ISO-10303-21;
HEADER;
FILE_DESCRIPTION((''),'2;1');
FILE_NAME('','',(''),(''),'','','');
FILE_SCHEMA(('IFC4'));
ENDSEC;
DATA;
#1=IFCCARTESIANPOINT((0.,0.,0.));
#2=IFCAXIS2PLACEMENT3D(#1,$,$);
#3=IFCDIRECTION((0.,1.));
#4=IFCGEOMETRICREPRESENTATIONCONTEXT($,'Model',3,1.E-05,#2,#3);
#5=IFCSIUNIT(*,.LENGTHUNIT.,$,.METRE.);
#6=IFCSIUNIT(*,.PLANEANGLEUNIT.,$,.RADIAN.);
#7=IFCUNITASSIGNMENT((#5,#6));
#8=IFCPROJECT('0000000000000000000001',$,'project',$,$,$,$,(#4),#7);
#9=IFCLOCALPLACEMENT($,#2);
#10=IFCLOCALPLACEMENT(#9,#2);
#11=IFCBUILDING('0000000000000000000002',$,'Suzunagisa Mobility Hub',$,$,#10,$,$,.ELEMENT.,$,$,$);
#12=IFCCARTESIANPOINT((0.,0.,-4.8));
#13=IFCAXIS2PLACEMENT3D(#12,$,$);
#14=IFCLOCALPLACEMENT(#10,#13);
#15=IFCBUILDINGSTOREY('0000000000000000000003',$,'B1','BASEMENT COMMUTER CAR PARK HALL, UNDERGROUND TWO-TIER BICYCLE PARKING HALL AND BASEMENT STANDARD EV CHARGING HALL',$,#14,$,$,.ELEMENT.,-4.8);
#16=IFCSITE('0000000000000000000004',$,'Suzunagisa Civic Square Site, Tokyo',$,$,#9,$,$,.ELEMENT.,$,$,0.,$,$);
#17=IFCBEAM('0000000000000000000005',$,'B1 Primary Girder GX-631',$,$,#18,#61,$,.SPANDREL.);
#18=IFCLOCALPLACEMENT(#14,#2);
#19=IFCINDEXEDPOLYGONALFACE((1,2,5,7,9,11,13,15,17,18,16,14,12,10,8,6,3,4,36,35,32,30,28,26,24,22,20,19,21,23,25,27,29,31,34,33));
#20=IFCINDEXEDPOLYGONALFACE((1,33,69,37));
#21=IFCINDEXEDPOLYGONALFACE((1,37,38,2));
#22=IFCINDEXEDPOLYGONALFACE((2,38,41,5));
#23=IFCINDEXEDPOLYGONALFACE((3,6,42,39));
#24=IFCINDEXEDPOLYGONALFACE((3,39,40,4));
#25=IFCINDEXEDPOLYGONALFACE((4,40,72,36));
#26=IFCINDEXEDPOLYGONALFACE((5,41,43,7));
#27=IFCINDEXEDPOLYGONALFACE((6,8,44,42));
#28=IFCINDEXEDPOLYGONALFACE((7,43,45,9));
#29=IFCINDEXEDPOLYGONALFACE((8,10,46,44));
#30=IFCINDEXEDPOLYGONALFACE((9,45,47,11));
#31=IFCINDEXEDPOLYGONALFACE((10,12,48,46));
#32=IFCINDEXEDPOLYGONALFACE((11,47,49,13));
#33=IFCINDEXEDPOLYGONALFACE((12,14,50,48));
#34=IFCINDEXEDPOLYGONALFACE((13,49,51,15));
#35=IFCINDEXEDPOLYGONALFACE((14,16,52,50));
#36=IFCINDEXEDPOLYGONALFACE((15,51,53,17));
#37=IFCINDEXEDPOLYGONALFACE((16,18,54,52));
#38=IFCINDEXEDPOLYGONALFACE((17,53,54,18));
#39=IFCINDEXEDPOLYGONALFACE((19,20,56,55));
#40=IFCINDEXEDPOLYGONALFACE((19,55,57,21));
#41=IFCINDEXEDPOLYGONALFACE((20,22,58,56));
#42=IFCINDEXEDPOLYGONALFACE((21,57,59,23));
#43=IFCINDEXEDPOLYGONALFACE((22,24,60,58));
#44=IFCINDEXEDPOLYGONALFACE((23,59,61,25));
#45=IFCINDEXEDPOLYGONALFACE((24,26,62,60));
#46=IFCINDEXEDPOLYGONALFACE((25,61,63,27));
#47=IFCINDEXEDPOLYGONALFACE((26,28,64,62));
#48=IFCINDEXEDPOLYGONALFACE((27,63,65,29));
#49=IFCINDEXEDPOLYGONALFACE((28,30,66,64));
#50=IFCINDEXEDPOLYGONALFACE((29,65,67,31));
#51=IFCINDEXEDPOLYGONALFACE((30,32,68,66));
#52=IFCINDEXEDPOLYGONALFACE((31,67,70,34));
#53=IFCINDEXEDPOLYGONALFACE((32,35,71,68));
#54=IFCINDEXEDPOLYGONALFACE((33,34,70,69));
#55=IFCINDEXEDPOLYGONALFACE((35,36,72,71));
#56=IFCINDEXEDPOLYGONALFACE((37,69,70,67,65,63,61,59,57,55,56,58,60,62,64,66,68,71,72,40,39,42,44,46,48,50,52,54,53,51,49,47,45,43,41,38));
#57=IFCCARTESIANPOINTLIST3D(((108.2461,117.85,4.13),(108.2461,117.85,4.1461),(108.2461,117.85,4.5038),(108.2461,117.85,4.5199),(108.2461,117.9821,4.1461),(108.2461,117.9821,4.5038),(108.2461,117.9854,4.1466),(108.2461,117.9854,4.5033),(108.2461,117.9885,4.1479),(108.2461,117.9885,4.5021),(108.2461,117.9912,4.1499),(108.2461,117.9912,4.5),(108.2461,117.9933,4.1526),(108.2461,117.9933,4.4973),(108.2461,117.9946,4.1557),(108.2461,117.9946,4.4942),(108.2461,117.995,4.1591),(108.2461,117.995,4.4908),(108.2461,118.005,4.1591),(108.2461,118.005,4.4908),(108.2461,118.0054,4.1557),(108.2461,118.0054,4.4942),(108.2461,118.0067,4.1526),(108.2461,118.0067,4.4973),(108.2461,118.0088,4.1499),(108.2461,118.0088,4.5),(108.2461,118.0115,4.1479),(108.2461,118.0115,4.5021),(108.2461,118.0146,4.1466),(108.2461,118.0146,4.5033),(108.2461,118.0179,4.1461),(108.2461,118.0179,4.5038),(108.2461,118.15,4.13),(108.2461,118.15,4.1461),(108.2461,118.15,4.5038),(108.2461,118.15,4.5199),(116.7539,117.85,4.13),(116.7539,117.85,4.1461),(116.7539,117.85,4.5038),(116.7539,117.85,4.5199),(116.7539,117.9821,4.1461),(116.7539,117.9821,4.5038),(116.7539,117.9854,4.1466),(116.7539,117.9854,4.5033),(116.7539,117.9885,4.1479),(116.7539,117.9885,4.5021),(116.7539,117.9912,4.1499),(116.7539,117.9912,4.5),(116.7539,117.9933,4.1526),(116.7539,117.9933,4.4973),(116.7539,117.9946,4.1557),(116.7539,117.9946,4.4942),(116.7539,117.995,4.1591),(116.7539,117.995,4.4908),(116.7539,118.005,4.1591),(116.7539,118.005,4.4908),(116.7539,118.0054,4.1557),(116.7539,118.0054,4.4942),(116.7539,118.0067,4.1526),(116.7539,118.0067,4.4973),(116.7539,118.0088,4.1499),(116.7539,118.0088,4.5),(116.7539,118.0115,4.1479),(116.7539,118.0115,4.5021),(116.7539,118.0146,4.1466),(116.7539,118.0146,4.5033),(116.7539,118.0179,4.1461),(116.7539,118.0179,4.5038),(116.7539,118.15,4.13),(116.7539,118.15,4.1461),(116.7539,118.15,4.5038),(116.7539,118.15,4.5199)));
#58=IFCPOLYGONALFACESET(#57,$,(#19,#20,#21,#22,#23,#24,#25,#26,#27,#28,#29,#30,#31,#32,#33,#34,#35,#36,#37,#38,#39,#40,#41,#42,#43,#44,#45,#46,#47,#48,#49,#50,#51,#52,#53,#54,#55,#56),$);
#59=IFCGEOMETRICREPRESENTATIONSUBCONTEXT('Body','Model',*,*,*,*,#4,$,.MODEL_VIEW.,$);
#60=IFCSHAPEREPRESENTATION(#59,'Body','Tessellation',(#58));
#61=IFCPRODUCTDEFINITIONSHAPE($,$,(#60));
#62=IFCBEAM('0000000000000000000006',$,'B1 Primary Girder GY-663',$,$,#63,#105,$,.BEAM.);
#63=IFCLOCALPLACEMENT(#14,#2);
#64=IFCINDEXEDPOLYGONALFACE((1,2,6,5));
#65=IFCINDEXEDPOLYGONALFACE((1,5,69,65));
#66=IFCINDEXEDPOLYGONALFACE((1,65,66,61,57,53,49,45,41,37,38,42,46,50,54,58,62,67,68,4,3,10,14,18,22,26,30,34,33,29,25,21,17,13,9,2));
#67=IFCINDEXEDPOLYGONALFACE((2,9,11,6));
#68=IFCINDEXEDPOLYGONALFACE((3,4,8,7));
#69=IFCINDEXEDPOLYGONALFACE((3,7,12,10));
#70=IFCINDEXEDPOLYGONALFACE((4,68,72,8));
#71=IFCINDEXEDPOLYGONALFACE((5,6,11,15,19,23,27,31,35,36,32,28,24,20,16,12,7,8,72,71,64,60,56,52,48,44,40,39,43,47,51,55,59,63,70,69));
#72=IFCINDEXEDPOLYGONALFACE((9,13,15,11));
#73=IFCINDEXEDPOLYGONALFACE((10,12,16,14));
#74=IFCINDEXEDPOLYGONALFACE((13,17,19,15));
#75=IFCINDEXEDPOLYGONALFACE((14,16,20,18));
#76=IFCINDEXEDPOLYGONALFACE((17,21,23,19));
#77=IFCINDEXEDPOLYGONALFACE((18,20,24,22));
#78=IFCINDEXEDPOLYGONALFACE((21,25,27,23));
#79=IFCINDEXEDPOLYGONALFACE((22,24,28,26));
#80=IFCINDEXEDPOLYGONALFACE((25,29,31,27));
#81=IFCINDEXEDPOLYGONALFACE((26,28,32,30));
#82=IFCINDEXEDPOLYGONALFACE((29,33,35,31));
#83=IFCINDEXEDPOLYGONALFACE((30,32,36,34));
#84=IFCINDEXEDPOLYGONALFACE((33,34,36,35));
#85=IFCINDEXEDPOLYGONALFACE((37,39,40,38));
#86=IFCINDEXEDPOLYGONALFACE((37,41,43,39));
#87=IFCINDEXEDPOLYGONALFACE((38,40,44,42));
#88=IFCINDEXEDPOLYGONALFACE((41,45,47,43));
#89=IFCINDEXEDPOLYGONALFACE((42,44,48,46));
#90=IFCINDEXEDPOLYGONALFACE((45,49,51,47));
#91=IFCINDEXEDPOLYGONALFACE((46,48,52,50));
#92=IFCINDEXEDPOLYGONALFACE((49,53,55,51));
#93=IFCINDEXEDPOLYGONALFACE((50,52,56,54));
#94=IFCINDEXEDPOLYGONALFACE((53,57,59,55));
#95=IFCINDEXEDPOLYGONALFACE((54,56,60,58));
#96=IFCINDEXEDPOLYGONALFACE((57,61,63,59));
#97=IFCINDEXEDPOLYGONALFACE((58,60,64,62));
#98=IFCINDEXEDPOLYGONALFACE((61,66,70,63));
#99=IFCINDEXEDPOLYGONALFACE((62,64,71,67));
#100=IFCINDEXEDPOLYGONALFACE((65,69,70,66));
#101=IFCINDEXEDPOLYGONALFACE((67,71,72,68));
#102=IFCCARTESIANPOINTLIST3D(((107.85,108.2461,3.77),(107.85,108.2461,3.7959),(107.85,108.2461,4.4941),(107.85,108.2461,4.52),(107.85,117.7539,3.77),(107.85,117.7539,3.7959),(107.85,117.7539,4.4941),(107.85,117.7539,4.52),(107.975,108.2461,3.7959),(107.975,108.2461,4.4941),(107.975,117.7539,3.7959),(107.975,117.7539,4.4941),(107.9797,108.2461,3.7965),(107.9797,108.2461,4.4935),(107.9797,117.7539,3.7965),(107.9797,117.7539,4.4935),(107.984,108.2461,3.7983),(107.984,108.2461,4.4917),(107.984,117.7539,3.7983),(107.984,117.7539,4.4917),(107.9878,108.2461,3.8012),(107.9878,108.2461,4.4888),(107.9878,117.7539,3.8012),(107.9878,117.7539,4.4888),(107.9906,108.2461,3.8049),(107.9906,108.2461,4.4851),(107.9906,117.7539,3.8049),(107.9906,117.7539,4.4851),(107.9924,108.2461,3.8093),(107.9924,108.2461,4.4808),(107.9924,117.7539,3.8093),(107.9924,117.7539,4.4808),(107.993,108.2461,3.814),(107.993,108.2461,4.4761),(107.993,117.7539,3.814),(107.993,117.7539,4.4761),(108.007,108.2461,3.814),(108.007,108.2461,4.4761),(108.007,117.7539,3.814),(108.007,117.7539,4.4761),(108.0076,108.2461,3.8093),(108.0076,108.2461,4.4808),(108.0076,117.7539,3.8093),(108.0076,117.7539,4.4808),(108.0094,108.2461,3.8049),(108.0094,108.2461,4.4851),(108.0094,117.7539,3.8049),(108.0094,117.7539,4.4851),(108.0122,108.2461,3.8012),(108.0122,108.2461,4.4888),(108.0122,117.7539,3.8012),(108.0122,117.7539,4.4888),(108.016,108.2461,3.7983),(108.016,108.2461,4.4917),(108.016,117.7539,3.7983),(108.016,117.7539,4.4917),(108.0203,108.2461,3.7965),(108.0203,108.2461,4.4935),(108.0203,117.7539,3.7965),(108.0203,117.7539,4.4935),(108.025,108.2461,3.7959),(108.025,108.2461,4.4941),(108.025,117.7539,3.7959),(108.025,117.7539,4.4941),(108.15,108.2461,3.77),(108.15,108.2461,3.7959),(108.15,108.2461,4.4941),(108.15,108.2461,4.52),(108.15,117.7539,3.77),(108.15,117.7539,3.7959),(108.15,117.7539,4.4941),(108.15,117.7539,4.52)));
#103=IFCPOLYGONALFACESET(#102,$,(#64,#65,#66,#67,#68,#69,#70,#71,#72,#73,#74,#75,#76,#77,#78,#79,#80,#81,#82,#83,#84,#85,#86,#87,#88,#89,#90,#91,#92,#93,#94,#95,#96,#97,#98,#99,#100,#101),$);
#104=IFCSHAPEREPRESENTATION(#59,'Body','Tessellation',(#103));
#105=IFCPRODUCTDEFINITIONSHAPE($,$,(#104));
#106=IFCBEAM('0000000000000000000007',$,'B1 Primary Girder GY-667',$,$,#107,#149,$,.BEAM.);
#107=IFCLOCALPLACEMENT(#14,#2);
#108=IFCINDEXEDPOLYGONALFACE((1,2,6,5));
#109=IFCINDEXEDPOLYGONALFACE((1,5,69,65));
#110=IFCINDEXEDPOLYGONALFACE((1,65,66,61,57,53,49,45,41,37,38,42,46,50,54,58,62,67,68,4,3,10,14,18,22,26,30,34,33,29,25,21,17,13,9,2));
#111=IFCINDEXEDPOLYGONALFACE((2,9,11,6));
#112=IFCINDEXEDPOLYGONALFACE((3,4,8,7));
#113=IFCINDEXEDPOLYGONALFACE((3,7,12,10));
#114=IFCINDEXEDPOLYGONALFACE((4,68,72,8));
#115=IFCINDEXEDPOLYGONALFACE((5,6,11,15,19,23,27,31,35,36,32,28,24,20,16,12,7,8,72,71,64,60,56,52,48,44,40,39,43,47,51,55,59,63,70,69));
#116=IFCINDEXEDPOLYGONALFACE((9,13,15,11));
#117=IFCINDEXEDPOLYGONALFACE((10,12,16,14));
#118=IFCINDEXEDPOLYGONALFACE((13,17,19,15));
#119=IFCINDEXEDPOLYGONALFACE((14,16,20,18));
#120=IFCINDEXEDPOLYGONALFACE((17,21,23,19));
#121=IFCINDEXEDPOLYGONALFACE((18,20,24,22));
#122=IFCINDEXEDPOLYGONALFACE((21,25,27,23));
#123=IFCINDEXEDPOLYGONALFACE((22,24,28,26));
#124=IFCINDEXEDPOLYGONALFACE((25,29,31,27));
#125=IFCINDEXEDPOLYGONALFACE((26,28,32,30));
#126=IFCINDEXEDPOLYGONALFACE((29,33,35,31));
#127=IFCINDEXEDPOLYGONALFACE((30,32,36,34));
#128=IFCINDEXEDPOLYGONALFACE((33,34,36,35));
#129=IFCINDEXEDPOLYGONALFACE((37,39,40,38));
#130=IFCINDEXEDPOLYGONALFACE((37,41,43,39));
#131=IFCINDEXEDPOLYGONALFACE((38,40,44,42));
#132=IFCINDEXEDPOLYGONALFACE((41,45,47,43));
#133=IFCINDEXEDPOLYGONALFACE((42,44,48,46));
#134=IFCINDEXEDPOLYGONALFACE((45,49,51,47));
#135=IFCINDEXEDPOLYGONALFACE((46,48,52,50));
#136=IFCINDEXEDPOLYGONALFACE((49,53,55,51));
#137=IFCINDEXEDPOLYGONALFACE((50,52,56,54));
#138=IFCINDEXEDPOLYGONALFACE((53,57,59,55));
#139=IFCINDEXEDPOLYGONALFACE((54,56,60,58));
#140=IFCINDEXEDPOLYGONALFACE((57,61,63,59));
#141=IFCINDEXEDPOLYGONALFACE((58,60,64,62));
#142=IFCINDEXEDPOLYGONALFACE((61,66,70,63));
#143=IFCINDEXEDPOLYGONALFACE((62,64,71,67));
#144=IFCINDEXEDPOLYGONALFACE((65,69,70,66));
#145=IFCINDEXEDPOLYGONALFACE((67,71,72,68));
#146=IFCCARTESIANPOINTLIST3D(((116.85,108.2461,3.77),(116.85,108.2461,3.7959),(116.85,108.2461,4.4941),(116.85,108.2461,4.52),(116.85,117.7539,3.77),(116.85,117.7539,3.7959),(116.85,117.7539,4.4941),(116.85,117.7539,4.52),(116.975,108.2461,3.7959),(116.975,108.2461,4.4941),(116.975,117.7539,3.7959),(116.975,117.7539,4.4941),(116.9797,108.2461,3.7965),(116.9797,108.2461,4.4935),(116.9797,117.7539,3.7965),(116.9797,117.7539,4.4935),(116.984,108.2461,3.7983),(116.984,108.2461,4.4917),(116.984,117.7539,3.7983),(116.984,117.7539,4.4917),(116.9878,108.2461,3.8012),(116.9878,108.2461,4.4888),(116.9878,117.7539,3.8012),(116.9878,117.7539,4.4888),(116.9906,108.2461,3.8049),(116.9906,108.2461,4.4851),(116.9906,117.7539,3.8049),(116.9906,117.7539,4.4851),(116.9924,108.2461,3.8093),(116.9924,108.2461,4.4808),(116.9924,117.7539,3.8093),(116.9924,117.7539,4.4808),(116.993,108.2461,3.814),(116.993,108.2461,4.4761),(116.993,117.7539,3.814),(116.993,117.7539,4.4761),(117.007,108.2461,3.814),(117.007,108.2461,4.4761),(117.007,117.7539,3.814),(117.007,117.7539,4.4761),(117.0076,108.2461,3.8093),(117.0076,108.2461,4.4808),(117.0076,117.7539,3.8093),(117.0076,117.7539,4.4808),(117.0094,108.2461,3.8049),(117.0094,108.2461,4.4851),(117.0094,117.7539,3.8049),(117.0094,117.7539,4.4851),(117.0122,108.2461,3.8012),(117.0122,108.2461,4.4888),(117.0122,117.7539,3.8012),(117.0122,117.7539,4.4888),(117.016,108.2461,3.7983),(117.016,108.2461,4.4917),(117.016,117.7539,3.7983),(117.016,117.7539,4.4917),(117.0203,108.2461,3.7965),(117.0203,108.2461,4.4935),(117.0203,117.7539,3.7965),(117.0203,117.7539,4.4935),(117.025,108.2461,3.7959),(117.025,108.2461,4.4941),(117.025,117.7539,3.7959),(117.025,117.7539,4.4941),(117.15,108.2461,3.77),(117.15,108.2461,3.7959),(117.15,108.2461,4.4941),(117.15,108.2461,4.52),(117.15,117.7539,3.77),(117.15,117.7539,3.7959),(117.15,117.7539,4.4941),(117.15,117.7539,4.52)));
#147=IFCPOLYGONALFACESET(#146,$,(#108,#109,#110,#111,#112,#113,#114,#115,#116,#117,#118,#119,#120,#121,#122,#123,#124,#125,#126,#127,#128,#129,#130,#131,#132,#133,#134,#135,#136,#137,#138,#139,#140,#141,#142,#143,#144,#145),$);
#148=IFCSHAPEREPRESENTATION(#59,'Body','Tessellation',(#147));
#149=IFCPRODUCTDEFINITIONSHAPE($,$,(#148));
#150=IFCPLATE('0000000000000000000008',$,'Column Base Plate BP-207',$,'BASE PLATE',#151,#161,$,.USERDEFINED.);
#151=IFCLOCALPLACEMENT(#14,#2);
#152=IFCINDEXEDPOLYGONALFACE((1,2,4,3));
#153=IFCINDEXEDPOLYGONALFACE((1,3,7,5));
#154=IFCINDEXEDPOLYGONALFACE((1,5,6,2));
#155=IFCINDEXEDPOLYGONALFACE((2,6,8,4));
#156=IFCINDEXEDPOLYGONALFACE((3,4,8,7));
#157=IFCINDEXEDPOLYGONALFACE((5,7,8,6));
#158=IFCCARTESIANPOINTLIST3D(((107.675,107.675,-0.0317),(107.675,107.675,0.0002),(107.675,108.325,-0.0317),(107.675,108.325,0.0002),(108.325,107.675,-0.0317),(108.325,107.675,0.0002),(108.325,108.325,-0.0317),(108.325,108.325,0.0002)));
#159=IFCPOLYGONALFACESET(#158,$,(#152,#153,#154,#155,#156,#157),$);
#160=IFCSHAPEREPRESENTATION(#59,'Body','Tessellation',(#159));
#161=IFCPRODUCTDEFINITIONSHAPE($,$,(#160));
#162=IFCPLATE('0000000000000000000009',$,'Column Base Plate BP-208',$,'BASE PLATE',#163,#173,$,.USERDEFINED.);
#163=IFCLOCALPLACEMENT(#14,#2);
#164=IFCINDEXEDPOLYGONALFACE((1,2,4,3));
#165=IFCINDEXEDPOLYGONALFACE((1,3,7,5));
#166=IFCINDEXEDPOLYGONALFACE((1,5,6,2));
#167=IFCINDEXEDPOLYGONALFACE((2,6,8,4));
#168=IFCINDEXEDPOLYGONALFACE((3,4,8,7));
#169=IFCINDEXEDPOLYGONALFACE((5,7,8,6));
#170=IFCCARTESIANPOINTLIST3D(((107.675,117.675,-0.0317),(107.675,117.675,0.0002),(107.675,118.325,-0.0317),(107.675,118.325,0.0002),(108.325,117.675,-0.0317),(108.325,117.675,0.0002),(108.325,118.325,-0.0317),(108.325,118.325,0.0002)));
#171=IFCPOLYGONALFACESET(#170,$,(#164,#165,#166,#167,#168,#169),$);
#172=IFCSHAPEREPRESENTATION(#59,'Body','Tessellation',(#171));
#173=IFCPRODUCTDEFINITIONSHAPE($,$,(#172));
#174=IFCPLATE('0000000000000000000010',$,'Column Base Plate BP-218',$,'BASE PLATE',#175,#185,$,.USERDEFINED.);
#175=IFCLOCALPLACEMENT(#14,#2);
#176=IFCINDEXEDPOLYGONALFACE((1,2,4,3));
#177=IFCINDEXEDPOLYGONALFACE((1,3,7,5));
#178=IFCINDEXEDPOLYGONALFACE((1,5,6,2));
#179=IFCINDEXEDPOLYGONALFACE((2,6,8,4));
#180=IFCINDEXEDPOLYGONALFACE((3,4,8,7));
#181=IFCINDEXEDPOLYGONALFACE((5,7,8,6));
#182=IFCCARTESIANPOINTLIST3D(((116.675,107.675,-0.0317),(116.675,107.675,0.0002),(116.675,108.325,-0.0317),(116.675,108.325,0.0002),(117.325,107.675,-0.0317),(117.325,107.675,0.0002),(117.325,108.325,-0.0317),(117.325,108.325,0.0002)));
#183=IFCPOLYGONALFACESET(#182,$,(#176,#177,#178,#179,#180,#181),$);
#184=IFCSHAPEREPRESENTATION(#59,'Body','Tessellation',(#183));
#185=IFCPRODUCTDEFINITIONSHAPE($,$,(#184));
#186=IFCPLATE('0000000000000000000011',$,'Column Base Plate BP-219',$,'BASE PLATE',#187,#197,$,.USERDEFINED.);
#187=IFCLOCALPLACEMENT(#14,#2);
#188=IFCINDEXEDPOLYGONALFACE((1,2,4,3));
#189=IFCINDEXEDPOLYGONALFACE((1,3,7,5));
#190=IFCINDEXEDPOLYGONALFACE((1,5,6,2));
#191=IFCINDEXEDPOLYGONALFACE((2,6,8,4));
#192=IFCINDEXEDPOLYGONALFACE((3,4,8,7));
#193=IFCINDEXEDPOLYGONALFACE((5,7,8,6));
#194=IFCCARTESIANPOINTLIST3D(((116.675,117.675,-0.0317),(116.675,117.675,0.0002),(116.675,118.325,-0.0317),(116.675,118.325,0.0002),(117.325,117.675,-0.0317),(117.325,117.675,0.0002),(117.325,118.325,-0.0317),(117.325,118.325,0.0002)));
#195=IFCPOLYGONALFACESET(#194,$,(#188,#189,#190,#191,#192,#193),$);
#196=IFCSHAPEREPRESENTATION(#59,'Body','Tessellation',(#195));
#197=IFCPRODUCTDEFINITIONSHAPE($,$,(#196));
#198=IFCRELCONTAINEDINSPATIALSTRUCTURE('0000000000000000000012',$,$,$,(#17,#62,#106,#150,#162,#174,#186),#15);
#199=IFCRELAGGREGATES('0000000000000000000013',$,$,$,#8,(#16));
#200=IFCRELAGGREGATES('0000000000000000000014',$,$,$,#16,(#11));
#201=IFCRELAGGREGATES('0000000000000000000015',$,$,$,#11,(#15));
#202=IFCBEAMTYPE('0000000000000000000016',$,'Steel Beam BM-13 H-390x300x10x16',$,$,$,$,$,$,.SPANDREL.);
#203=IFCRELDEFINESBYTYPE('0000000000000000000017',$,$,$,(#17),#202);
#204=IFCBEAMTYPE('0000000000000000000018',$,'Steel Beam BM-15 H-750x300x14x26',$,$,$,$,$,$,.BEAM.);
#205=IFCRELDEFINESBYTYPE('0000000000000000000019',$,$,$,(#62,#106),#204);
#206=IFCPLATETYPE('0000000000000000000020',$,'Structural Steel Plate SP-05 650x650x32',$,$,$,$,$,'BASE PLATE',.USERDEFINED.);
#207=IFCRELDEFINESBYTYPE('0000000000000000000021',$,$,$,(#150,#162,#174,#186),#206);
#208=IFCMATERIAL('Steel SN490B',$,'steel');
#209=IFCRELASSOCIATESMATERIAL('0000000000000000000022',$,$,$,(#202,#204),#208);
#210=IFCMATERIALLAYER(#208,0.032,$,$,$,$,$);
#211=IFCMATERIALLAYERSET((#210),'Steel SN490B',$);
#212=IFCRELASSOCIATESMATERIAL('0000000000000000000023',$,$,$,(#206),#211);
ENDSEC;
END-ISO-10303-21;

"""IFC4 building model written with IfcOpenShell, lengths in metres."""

from ifc_helpers import new_model, si_unit, direction, frame, origin, origin_2d, place, context, subcontext, project, spatial, rectangle, i_section, extrude, material, layer, layer_set, material_profile, profile_set, type_object, element, save


model = new_model("IFC4")

# Units and contexts
model_context = context("Model", 3, precision=1e-05, world=origin(), true_north=direction((0.0, 1.0)))
body_context = subcontext(model_context, "Body", "Model", "MODEL_VIEW")
ifc_project = project(units=[si_unit("LENGTHUNIT", "METRE"), si_unit("PLANEANGLEUNIT", "RADIAN")], contexts=[model_context])

# Site, building, storey
site_placement = place(None, origin())
site = spatial("IfcSite", under=ifc_project, at=site_placement, Name="Suzunagisa Civic Square Site, Tokyo", CompositionType="ELEMENT", RefElevation=0.0)
building_placement = place(site_placement, origin())
building = spatial("IfcBuilding", under=site, at=building_placement, Name="Suzunagisa Mobility Hub", CompositionType="ELEMENT")
storey_placement = place(building_placement, frame((0.0, 0.0, -4.8)))
storey = spatial("IfcBuildingStorey", under=building, at=storey_placement, Name="B1", Description="BASEMENT COMMUTER CAR PARK HALL, UNDERGROUND TWO-TIER BICYCLE PARKING HALL AND BASEMENT STANDARD EV CHARGING HALL", CompositionType="ELEMENT", Elevation=-4.8)

# Shared definitions
ifc_material_1 = material(Name="Steel SN490B", Category="steel")

# Beams
ifc_material_profile_1 = material_profile(ifc_material_1, i_section(OverallWidth=0.3, OverallDepth=0.3899, WebThickness=0.01, FlangeThickness=0.0161, FilletRadius=0.0129, at=origin_2d()), Name="H-390x300x10x16")
ifc_profile_set_1 = profile_set([ifc_material_profile_1], Name="Steel SN490B")
beam_type_1 = type_object("IfcBeamType", Name="Steel Beam BM-13 H-390x300x10x16", PredefinedType="SPANDREL", material=ifc_profile_set_1)
beam_1_placement = place(storey_placement, frame((108.2461, 118.0, 4.325), z_axis=(1.0, 0.0, 0.0), x_axis=(0.0, 1.0, 0.0)))
element("IfcBeam", 1, at=beam_1_placement, inside=storey, type_object=beam_type_1, Name="B1 Primary Girder GX-631", PredefinedType="SPANDREL", context=body_context, shape_type="SweptSolid", body=[
    extrude(i_section(OverallWidth=0.3, OverallDepth=0.3899, WebThickness=0.01, FlangeThickness=0.0161, FilletRadius=0.0129, at=origin_2d()), origin(), (0.0, 0.0, 1.0), 8.5078),
])
ifc_material_profile_2 = material_profile(ifc_material_1, i_section(OverallWidth=0.3, OverallDepth=0.75, WebThickness=0.0139, FlangeThickness=0.0259, FilletRadius=0.0181, at=origin_2d()), Name="H-750x300x14x26")
ifc_profile_set_2 = profile_set([ifc_material_profile_2], Name="Steel SN490B")
beam_type_2 = type_object("IfcBeamType", Name="Steel Beam BM-15 H-750x300x14x26", PredefinedType="BEAM", material=ifc_profile_set_2)
for number, where, z_axis, x_axis, name in (
    (2, (108.0, 108.2461, 4.145), (0.0, 1.0, 0.0), (-1.0, 0.0, 0.0), "B1 Primary Girder GY-663"),
    (3, (117.0, 108.2461, 4.145), (0.0, 1.0, 0.0), (-1.0, 0.0, 0.0), "B1 Primary Girder GY-667"),
):
    element("IfcBeam", number, at=place(storey_placement, frame(where, z_axis=z_axis, x_axis=x_axis)), inside=storey, type_object=beam_type_2, Name=name, PredefinedType="BEAM", context=body_context, shape_type="SweptSolid", body=[
        extrude(i_section(OverallWidth=0.3, OverallDepth=0.75, WebThickness=0.0139, FlangeThickness=0.0259, FilletRadius=0.0181, at=origin_2d()), origin(), (0.0, 0.0, 1.0), 9.5078),
    ])

# Plates
ifc_layer_1 = layer(ifc_material_1, 0.032)
ifc_layer_set_1 = layer_set([ifc_layer_1], Name="Steel SN490B")
plate_type = type_object("IfcPlateType", Name="Structural Steel Plate SP-05 650x650x32", ElementType="BASE PLATE", PredefinedType="USERDEFINED", material=ifc_layer_set_1)
for number, where, z_axis, x_axis, name in (
    (4, (108.0, 108.0, -0.0317), (0.0, 0.0, 1.0), (1.0, 0.0, 0.0), "Column Base Plate BP-207"),
    (5, (108.0, 118.0, -0.0317), (0.0, 0.0, 1.0), (1.0, 0.0, 0.0), "Column Base Plate BP-208"),
    (6, (117.0, 108.0, -0.0317), (0.0, 0.0, 1.0), (1.0, 0.0, 0.0), "Column Base Plate BP-218"),
    (7, (117.0, 118.0, -0.0317), (0.0, 0.0, 1.0), (1.0, 0.0, 0.0), "Column Base Plate BP-219"),
):
    element("IfcPlate", number, at=place(storey_placement, frame(where, z_axis=z_axis, x_axis=x_axis)), inside=storey, type_object=plate_type, Name=name, ObjectType="BASE PLATE", PredefinedType="USERDEFINED", context=body_context, shape_type="SweptSolid", body=[
        extrude(rectangle(XDim=0.6499, YDim=0.6499, at=origin_2d()), origin(), (0.0, 0.0, 1.0), 0.032),
    ])

save(model, "model.ifc")
